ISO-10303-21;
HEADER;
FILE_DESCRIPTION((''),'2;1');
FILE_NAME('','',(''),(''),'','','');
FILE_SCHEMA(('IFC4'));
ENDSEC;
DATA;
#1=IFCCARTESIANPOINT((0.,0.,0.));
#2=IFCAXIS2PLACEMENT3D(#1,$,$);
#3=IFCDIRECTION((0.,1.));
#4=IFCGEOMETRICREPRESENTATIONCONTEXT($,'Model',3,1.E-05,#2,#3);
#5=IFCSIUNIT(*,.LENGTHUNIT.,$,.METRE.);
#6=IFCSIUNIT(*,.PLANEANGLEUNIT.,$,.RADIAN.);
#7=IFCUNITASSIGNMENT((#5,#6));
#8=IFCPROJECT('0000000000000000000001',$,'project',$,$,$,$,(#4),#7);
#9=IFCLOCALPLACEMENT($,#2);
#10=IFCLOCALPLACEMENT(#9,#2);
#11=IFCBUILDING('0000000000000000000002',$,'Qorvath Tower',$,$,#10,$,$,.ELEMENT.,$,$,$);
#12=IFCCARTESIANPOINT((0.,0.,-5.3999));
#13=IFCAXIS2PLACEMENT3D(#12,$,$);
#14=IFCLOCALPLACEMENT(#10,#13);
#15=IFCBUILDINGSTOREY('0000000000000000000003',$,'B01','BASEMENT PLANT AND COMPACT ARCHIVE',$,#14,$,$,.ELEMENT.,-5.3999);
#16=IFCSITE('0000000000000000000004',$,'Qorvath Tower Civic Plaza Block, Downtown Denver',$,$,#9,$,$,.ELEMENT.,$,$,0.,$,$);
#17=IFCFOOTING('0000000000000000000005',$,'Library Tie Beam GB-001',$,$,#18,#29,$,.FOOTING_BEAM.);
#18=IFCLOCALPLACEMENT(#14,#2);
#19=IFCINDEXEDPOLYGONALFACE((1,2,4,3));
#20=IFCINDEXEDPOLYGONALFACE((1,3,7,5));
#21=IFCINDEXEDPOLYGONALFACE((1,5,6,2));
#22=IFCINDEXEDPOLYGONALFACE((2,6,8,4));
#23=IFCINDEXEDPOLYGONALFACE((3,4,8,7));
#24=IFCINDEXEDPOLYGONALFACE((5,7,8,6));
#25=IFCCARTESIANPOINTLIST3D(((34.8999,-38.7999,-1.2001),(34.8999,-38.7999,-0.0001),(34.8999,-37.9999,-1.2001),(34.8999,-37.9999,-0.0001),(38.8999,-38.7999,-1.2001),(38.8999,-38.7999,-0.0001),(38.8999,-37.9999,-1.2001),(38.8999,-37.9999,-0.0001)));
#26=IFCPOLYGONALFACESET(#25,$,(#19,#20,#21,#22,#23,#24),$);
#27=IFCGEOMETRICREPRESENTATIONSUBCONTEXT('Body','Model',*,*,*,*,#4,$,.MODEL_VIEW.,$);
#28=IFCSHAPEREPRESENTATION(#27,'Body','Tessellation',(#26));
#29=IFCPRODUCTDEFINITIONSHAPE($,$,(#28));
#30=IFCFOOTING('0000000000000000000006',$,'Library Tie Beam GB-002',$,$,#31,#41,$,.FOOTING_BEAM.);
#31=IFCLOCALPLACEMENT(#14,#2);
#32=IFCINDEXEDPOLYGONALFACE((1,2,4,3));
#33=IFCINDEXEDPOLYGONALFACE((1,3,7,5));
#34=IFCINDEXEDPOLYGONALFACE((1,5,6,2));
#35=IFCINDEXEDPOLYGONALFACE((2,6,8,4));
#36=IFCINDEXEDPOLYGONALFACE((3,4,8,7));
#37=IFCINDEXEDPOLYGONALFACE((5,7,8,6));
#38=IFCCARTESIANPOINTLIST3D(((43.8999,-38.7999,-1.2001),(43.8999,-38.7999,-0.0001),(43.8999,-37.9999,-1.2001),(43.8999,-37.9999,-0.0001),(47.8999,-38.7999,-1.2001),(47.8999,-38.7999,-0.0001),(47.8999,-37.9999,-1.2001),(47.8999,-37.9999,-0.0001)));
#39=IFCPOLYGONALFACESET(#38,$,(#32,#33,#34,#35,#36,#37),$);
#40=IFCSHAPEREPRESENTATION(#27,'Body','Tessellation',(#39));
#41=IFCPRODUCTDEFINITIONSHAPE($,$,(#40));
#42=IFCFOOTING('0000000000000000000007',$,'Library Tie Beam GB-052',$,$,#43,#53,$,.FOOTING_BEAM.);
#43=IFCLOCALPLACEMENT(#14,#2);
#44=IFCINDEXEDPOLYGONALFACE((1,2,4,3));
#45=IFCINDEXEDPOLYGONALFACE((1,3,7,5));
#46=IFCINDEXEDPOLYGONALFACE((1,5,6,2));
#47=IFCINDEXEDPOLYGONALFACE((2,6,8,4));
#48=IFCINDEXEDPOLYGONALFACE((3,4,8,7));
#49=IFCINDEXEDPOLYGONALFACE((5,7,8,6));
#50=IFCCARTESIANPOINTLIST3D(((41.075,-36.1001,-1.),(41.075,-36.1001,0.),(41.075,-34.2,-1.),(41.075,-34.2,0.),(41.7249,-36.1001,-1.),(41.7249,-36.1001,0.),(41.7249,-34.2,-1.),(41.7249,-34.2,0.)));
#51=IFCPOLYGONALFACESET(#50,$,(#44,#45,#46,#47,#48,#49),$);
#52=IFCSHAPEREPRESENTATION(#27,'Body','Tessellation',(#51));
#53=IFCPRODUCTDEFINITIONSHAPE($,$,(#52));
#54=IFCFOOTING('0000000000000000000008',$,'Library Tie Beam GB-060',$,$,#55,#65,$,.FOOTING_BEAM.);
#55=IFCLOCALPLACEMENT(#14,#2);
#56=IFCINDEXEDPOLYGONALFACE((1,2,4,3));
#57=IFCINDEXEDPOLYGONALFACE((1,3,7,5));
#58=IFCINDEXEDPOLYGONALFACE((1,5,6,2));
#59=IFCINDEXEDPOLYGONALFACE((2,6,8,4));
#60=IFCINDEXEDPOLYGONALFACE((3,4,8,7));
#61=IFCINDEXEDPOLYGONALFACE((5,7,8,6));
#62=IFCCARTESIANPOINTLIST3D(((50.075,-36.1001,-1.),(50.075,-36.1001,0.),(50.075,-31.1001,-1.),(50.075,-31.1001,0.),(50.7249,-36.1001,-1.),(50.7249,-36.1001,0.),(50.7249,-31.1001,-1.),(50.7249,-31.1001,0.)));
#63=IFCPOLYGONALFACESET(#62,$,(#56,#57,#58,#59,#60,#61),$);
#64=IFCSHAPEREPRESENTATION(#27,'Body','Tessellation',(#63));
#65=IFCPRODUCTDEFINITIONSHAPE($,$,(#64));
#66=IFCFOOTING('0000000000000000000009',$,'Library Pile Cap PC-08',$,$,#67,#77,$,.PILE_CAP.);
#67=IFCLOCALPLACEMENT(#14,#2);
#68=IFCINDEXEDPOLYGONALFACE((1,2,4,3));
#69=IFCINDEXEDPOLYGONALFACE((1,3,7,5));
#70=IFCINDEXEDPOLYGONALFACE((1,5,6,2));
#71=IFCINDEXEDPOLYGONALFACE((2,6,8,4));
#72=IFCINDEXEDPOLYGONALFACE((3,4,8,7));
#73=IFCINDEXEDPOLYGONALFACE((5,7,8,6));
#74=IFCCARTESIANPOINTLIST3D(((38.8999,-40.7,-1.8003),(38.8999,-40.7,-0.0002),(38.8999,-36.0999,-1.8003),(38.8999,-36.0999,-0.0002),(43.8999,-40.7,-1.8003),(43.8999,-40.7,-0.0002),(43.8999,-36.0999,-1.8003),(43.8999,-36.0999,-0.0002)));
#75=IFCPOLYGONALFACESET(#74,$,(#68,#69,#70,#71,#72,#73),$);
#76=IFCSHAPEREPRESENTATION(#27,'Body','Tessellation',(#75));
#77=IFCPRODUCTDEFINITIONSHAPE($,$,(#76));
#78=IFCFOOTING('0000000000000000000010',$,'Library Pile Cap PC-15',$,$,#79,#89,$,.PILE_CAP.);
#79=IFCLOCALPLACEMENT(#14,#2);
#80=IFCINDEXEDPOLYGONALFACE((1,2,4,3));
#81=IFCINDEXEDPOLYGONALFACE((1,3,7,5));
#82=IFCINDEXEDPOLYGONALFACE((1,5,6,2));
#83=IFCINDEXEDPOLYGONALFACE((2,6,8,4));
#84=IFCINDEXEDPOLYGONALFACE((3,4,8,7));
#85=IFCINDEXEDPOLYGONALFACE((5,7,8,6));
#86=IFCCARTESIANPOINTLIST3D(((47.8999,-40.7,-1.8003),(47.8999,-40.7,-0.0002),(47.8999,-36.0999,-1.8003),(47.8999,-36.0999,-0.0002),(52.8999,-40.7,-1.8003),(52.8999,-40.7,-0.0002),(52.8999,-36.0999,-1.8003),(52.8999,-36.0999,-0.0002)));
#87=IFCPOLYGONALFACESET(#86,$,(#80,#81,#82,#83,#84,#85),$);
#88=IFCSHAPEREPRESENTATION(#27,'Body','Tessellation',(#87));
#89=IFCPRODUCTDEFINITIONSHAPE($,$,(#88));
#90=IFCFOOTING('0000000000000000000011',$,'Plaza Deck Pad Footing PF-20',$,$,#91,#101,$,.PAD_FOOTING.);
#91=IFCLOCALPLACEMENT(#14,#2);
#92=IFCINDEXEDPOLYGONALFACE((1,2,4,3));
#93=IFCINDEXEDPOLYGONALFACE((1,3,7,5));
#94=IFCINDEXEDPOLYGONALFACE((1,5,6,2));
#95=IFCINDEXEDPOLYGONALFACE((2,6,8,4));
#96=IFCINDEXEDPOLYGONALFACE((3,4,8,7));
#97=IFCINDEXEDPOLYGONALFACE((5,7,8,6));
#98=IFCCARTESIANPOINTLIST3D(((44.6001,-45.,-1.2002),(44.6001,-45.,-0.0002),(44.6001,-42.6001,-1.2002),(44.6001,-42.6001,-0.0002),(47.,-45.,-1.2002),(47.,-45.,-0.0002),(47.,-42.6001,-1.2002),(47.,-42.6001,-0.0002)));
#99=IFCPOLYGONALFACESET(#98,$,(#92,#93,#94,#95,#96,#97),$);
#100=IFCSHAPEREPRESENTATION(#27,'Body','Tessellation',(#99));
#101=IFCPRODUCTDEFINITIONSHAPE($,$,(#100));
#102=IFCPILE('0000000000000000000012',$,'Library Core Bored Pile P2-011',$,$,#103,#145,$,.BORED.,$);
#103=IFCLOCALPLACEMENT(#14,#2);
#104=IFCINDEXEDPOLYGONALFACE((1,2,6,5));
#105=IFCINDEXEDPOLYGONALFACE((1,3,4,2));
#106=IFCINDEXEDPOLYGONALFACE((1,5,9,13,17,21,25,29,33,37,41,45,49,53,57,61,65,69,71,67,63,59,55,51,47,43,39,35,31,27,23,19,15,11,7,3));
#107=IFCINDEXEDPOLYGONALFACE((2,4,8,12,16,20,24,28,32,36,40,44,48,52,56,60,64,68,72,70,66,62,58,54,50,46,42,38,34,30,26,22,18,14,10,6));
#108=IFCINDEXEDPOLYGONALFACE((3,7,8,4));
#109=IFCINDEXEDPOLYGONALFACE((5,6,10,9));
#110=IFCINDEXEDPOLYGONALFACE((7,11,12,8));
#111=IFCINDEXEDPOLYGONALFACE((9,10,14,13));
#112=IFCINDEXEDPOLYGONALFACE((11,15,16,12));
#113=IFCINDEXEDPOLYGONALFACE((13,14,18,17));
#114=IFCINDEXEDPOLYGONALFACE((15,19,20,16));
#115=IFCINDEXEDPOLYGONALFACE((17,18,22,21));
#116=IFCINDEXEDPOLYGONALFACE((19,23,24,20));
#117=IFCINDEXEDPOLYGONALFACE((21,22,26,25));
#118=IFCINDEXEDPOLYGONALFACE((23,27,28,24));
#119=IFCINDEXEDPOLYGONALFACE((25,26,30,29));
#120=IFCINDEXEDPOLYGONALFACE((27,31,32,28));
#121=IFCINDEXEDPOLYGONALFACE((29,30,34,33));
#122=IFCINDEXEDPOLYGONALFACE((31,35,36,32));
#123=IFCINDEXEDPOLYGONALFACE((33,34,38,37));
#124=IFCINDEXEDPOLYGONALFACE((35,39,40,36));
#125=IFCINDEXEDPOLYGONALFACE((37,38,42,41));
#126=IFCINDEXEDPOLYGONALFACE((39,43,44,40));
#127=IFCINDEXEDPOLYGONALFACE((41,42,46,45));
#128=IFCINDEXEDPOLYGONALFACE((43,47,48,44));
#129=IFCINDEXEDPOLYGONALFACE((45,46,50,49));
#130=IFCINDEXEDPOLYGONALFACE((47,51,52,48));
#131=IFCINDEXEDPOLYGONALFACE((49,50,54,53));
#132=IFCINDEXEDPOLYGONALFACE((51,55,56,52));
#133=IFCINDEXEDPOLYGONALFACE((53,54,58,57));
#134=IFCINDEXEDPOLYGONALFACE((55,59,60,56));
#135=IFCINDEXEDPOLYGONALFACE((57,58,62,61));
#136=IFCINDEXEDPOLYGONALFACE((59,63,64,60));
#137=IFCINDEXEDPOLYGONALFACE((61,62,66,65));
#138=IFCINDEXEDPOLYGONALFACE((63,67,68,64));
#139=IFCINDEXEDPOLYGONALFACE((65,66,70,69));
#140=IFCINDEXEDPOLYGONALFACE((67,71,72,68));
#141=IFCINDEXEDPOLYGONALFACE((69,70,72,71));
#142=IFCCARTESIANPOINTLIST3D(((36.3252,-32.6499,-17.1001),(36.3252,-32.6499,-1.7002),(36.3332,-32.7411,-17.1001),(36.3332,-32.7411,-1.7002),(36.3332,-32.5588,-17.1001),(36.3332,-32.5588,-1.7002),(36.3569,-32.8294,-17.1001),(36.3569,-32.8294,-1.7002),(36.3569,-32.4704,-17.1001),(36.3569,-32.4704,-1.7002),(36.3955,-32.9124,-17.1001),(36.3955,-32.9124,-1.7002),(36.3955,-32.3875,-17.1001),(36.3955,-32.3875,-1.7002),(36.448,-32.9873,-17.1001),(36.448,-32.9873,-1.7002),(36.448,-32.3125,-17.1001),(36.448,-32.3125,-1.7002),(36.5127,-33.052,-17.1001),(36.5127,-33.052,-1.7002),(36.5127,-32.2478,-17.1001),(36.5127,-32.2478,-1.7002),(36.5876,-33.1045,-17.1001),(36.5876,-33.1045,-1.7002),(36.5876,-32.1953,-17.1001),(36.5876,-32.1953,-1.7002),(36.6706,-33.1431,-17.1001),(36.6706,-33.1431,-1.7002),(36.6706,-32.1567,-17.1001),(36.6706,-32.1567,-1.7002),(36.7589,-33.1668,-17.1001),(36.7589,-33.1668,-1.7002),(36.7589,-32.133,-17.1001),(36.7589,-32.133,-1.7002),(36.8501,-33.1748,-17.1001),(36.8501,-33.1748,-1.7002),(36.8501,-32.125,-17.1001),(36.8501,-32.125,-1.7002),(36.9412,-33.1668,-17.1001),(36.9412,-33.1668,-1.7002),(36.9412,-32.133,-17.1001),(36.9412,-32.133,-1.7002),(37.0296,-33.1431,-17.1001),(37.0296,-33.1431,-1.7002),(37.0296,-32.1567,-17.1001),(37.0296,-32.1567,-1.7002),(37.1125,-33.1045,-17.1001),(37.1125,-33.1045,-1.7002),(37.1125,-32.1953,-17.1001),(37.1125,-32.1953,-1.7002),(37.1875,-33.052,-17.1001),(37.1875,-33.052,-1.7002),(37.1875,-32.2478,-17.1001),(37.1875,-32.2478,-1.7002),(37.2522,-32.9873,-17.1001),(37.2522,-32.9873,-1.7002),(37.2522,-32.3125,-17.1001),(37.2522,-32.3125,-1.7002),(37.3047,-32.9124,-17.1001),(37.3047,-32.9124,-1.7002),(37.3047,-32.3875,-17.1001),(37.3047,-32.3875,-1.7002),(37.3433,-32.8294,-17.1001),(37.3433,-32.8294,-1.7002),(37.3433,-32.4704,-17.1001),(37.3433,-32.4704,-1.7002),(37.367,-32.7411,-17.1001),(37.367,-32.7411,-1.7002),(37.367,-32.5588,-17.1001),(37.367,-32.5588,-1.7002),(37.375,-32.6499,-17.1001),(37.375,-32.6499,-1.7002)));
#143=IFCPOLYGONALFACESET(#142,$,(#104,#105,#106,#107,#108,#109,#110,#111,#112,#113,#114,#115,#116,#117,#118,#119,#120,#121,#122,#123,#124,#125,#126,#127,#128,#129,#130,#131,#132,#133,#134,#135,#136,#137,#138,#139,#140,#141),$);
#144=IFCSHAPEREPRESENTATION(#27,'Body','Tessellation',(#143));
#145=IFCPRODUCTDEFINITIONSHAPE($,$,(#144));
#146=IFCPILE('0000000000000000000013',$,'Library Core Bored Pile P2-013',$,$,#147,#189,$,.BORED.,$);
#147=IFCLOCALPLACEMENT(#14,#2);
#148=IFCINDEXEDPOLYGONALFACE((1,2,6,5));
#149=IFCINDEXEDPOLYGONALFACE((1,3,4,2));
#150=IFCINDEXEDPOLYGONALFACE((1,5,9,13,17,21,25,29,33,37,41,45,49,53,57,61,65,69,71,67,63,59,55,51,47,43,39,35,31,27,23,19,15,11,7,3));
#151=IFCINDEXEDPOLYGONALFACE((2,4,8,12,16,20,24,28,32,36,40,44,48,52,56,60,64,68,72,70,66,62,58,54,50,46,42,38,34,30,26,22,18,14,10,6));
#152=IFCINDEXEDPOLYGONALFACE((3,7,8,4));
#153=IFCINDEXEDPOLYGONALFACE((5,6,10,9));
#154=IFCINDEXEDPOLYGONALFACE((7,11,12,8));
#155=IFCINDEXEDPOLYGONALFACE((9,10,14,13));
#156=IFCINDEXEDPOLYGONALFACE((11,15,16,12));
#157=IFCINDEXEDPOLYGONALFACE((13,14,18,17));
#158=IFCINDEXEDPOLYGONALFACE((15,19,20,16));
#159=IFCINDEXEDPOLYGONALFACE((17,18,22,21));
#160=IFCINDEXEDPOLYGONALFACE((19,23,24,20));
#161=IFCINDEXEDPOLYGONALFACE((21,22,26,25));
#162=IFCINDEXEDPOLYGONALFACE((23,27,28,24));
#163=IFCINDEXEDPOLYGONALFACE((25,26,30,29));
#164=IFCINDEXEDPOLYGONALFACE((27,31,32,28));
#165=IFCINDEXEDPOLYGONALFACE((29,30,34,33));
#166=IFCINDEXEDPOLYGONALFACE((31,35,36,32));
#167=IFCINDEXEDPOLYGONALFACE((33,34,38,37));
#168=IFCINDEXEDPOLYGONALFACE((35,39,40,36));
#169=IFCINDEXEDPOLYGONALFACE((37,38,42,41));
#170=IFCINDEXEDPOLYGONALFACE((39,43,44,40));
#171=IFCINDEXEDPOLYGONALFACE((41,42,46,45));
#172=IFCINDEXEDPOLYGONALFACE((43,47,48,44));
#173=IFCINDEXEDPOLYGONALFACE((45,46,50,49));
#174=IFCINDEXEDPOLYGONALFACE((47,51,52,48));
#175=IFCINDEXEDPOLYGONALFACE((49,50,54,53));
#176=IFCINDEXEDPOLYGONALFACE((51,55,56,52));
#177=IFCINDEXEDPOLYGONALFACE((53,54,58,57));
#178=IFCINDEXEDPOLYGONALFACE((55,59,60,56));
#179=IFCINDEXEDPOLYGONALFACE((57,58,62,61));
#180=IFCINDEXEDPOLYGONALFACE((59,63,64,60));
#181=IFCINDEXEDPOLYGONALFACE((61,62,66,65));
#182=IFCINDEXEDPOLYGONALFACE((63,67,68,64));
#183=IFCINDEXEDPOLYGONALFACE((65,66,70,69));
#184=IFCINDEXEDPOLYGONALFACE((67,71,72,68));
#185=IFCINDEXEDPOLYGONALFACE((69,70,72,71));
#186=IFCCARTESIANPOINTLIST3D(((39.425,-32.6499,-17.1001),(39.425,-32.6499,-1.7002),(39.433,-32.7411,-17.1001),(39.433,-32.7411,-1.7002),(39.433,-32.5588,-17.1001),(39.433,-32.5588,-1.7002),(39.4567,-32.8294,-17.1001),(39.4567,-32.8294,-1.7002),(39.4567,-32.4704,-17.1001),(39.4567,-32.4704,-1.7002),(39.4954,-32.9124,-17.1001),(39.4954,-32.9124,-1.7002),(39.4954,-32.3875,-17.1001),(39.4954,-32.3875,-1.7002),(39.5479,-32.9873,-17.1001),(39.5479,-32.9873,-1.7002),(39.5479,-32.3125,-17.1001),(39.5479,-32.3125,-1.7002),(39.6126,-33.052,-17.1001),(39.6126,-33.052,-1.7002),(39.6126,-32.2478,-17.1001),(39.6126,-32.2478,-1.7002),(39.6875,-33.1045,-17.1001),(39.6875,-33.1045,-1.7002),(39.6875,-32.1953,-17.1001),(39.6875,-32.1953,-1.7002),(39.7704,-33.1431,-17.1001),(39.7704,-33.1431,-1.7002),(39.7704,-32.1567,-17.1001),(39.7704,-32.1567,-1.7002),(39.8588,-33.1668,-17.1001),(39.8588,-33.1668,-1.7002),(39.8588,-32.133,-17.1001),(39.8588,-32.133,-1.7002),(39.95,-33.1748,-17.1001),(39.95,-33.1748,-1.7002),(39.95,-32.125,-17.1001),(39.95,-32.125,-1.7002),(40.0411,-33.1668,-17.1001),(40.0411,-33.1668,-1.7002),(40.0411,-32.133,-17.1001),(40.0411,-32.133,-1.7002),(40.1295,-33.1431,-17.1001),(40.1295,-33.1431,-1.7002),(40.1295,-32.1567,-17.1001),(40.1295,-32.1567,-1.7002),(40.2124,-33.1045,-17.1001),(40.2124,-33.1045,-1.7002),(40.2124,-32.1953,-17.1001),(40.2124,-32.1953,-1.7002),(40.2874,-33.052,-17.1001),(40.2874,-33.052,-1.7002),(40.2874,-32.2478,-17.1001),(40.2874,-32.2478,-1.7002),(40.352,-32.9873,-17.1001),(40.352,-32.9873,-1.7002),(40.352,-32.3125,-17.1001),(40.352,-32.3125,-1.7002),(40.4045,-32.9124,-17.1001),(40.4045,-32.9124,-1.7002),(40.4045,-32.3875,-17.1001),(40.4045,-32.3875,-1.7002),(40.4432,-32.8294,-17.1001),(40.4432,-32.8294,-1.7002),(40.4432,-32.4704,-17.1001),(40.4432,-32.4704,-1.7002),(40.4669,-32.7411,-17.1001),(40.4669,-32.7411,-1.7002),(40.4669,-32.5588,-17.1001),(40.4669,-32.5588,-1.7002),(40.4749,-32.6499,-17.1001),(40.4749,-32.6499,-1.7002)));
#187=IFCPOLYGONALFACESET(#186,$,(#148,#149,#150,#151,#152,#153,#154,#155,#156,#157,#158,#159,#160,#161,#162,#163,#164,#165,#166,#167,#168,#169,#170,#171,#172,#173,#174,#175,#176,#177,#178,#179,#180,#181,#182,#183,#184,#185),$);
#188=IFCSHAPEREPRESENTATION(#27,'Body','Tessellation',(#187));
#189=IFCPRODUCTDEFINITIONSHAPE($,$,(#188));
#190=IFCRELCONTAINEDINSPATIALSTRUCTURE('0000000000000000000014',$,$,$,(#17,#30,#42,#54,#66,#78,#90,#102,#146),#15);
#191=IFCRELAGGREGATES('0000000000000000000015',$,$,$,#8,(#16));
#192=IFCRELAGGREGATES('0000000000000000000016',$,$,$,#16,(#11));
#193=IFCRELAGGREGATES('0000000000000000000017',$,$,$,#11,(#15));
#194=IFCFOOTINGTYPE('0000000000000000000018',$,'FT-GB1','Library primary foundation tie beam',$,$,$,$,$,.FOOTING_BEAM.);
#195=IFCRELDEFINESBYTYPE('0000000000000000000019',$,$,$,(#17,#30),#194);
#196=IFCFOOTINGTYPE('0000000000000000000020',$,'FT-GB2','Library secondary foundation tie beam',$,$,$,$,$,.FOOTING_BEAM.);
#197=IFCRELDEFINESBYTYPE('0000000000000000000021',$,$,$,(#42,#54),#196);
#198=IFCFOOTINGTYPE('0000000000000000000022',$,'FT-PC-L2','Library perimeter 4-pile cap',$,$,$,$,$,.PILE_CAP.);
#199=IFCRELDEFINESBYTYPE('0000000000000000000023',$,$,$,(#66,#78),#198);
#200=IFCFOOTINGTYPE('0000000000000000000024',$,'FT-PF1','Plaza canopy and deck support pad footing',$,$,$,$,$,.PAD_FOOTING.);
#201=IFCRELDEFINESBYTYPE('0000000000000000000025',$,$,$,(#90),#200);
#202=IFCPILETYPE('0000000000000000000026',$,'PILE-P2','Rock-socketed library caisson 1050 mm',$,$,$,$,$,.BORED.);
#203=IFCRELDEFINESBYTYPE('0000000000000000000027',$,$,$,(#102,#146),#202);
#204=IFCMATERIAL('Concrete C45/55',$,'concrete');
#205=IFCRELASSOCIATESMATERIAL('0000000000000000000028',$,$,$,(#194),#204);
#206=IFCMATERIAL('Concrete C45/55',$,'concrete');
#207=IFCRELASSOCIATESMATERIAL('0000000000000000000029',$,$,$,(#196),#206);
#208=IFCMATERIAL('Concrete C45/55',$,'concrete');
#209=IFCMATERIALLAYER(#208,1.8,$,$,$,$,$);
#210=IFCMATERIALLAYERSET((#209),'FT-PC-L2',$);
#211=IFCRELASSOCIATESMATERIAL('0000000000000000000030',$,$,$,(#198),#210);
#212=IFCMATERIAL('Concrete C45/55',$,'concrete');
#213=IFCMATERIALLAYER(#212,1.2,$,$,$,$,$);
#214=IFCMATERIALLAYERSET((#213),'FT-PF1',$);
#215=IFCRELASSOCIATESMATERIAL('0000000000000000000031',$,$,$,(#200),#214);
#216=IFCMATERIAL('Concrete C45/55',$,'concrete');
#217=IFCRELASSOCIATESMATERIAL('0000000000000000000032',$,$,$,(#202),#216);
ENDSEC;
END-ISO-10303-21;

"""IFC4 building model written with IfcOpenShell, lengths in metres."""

from ifc_helpers import new_model, si_unit, direction, frame, origin, origin_2d, place, context, subcontext, project, spatial, rectangle, circle, extrude, material, layer, layer_set, material_profile, profile_set, type_object, element, save


model = new_model("IFC4")

# Units and contexts
model_context = context("Model", 3, precision=1e-05, world=origin(), true_north=direction((0.0, 1.0)))
body_context = subcontext(model_context, "Body", "Model", "MODEL_VIEW")
ifc_project = project(units=[si_unit("LENGTHUNIT", "METRE"), si_unit("PLANEANGLEUNIT", "RADIAN")], contexts=[model_context])

# Site, building, storey
site_placement = place(None, origin())
site = spatial("IfcSite", under=ifc_project, at=site_placement, Name="Qorvath Tower Civic Plaza Block, Downtown Denver", CompositionType="ELEMENT", RefElevation=0.0)
building_placement = place(site_placement, origin())
building = spatial("IfcBuilding", under=site, at=building_placement, Name="Qorvath Tower", CompositionType="ELEMENT")
storey_placement = place(building_placement, frame((0.0, 0.0, -5.3999)))
storey = spatial("IfcBuildingStorey", under=building, at=storey_placement, Name="B01", Description="BASEMENT PLANT AND COMPACT ARCHIVE", CompositionType="ELEMENT", Elevation=-5.3999)

# Footings
ifc_material_1 = material(Name="Concrete C45/55", Category="concrete")
ifc_material_profile_1 = material_profile(ifc_material_1, rectangle(XDim=0.8, YDim=1.2, at=origin_2d()), Name="GB 800x1200")
ifc_profile_set_1 = profile_set([ifc_material_profile_1], Name="Concrete C45/55")
footing_type_1 = type_object("IfcFootingType", Name="FT-GB1", Description="Library primary foundation tie beam", PredefinedType="FOOTING_BEAM", material=ifc_profile_set_1)
for number, where, z_axis, x_axis, name in (
    (1, (34.8999, -38.3999, -0.6001), (1.0, 0.0, 0.0), (0.0, 1.0, 0.0), "Library Tie Beam GB-001"),
    (2, (43.8999, -38.3999, -0.6001), (1.0, 0.0, 0.0), (0.0, 1.0, 0.0), "Library Tie Beam GB-002"),
):
    element("IfcFooting", number, at=place(storey_placement, frame(where, z_axis=z_axis, x_axis=x_axis)), inside=storey, type_object=footing_type_1, Name=name, PredefinedType="FOOTING_BEAM", context=body_context, shape_type="SweptSolid", body=[
        extrude(rectangle(XDim=0.8, YDim=1.2, at=origin_2d()), origin(), (0.0, 0.0, 1.0), 4.0),
    ])
ifc_material_2 = material(Name="Concrete C45/55", Category="concrete")
ifc_material_profile_2 = material_profile(ifc_material_2, rectangle(XDim=0.6499, YDim=1.0, at=origin_2d()), Name="GB 650x1000")
ifc_profile_set_2 = profile_set([ifc_material_profile_2], Name="Concrete C45/55")
footing_type_2 = type_object("IfcFootingType", Name="FT-GB2", Description="Library secondary foundation tie beam", PredefinedType="FOOTING_BEAM", material=ifc_profile_set_2)
footing_1_placement = place(storey_placement, frame((41.3999, -36.1001, -0.5), z_axis=(0.0, 1.0, 0.0), x_axis=(-1.0, 0.0, 0.0)))
element("IfcFooting", 3, at=footing_1_placement, inside=storey, type_object=footing_type_2, Name="Library Tie Beam GB-052", PredefinedType="FOOTING_BEAM", context=body_context, shape_type="SweptSolid", body=[
    extrude(rectangle(XDim=0.6499, YDim=1.0, at=origin_2d()), origin(), (0.0, 0.0, 1.0), 1.9001),
])
footing_2_placement = place(storey_placement, frame((50.3999, -36.1001, -0.5), z_axis=(0.0, 1.0, 0.0), x_axis=(-1.0, 0.0, 0.0)))
element("IfcFooting", 4, at=footing_2_placement, inside=storey, type_object=footing_type_2, Name="Library Tie Beam GB-060", PredefinedType="FOOTING_BEAM", context=body_context, shape_type="SweptSolid", body=[
    extrude(rectangle(XDim=0.6499, YDim=1.0, at=origin_2d()), origin(), (0.0, 0.0, 1.0), 5.0),
])
ifc_material_3 = material(Name="Concrete C45/55", Category="concrete")
ifc_layer_1 = layer(ifc_material_3, 1.8)
ifc_layer_set_1 = layer_set([ifc_layer_1], Name="FT-PC-L2")
footing_type_3 = type_object("IfcFootingType", Name="FT-PC-L2", Description="Library perimeter 4-pile cap", PredefinedType="PILE_CAP", material=ifc_layer_set_1)
for number, where, z_axis, x_axis, name in (
    (5, (41.3999, -38.3999, -1.8003), (0.0, 0.0, 1.0), (1.0, 0.0, 0.0), "Library Pile Cap PC-08"),
    (6, (50.3999, -38.3999, -1.8003), (0.0, 0.0, 1.0), (1.0, 0.0, 0.0), "Library Pile Cap PC-15"),
):
    element("IfcFooting", number, at=place(storey_placement, frame(where, z_axis=z_axis, x_axis=x_axis)), inside=storey, type_object=footing_type_3, Name=name, PredefinedType="PILE_CAP", context=body_context, shape_type="SweptSolid", body=[
        extrude(rectangle(XDim=5.0, YDim=4.6001, at=origin_2d()), origin(), (0.0, 0.0, 1.0), 1.8),
    ])
ifc_material_4 = material(Name="Concrete C45/55", Category="concrete")
ifc_layer_2 = layer(ifc_material_4, 1.2)
ifc_layer_set_2 = layer_set([ifc_layer_2], Name="FT-PF1")
footing_type_4 = type_object("IfcFootingType", Name="FT-PF1", Description="Plaza canopy and deck support pad footing", PredefinedType="PAD_FOOTING", material=ifc_layer_set_2)
footing_3_placement = place(storey_placement, frame((45.8, -43.8, -1.2002), z_axis=(0.0, 0.0, 1.0), x_axis=(1.0, 0.0, 0.0)))
element("IfcFooting", 7, at=footing_3_placement, inside=storey, type_object=footing_type_4, Name="Plaza Deck Pad Footing PF-20", PredefinedType="PAD_FOOTING", context=body_context, shape_type="SweptSolid", body=[
    extrude(rectangle(XDim=2.3999, YDim=2.3999, at=origin_2d()), origin(), (0.0, 0.0, 1.0), 1.2),
])

# Piles
ifc_material_5 = material(Name="Concrete C45/55", Category="concrete")
ifc_material_profile_3 = material_profile(ifc_material_5, circle(Radius=0.5249, at=origin_2d()), Name="BORED PILE 1050")
ifc_profile_set_3 = profile_set([ifc_material_profile_3], Name="Concrete C45/55")
pile_type = type_object("IfcPileType", Name="PILE-P2", Description="Rock-socketed library caisson 1050 mm", PredefinedType="BORED", material=ifc_profile_set_3)
for number, where, z_axis, x_axis, name in (
    (8, (36.8501, -32.6499, -1.7002), (0.0, 0.0, -1.0), (1.0, 0.0, 0.0), "Library Core Bored Pile P2-011"),
    (9, (39.95, -32.6499, -1.7002), (0.0, 0.0, -1.0), (1.0, 0.0, 0.0), "Library Core Bored Pile P2-013"),
):
    element("IfcPile", number, at=place(storey_placement, frame(where, z_axis=z_axis, x_axis=x_axis)), inside=storey, type_object=pile_type, Name=name, PredefinedType="BORED", context=body_context, shape_type="SweptSolid", body=[
        extrude(circle(Radius=0.5249, at=origin_2d()), origin(), (0.0, 0.0, 1.0), 15.3999),
    ])

save(model, "model.ifc")
